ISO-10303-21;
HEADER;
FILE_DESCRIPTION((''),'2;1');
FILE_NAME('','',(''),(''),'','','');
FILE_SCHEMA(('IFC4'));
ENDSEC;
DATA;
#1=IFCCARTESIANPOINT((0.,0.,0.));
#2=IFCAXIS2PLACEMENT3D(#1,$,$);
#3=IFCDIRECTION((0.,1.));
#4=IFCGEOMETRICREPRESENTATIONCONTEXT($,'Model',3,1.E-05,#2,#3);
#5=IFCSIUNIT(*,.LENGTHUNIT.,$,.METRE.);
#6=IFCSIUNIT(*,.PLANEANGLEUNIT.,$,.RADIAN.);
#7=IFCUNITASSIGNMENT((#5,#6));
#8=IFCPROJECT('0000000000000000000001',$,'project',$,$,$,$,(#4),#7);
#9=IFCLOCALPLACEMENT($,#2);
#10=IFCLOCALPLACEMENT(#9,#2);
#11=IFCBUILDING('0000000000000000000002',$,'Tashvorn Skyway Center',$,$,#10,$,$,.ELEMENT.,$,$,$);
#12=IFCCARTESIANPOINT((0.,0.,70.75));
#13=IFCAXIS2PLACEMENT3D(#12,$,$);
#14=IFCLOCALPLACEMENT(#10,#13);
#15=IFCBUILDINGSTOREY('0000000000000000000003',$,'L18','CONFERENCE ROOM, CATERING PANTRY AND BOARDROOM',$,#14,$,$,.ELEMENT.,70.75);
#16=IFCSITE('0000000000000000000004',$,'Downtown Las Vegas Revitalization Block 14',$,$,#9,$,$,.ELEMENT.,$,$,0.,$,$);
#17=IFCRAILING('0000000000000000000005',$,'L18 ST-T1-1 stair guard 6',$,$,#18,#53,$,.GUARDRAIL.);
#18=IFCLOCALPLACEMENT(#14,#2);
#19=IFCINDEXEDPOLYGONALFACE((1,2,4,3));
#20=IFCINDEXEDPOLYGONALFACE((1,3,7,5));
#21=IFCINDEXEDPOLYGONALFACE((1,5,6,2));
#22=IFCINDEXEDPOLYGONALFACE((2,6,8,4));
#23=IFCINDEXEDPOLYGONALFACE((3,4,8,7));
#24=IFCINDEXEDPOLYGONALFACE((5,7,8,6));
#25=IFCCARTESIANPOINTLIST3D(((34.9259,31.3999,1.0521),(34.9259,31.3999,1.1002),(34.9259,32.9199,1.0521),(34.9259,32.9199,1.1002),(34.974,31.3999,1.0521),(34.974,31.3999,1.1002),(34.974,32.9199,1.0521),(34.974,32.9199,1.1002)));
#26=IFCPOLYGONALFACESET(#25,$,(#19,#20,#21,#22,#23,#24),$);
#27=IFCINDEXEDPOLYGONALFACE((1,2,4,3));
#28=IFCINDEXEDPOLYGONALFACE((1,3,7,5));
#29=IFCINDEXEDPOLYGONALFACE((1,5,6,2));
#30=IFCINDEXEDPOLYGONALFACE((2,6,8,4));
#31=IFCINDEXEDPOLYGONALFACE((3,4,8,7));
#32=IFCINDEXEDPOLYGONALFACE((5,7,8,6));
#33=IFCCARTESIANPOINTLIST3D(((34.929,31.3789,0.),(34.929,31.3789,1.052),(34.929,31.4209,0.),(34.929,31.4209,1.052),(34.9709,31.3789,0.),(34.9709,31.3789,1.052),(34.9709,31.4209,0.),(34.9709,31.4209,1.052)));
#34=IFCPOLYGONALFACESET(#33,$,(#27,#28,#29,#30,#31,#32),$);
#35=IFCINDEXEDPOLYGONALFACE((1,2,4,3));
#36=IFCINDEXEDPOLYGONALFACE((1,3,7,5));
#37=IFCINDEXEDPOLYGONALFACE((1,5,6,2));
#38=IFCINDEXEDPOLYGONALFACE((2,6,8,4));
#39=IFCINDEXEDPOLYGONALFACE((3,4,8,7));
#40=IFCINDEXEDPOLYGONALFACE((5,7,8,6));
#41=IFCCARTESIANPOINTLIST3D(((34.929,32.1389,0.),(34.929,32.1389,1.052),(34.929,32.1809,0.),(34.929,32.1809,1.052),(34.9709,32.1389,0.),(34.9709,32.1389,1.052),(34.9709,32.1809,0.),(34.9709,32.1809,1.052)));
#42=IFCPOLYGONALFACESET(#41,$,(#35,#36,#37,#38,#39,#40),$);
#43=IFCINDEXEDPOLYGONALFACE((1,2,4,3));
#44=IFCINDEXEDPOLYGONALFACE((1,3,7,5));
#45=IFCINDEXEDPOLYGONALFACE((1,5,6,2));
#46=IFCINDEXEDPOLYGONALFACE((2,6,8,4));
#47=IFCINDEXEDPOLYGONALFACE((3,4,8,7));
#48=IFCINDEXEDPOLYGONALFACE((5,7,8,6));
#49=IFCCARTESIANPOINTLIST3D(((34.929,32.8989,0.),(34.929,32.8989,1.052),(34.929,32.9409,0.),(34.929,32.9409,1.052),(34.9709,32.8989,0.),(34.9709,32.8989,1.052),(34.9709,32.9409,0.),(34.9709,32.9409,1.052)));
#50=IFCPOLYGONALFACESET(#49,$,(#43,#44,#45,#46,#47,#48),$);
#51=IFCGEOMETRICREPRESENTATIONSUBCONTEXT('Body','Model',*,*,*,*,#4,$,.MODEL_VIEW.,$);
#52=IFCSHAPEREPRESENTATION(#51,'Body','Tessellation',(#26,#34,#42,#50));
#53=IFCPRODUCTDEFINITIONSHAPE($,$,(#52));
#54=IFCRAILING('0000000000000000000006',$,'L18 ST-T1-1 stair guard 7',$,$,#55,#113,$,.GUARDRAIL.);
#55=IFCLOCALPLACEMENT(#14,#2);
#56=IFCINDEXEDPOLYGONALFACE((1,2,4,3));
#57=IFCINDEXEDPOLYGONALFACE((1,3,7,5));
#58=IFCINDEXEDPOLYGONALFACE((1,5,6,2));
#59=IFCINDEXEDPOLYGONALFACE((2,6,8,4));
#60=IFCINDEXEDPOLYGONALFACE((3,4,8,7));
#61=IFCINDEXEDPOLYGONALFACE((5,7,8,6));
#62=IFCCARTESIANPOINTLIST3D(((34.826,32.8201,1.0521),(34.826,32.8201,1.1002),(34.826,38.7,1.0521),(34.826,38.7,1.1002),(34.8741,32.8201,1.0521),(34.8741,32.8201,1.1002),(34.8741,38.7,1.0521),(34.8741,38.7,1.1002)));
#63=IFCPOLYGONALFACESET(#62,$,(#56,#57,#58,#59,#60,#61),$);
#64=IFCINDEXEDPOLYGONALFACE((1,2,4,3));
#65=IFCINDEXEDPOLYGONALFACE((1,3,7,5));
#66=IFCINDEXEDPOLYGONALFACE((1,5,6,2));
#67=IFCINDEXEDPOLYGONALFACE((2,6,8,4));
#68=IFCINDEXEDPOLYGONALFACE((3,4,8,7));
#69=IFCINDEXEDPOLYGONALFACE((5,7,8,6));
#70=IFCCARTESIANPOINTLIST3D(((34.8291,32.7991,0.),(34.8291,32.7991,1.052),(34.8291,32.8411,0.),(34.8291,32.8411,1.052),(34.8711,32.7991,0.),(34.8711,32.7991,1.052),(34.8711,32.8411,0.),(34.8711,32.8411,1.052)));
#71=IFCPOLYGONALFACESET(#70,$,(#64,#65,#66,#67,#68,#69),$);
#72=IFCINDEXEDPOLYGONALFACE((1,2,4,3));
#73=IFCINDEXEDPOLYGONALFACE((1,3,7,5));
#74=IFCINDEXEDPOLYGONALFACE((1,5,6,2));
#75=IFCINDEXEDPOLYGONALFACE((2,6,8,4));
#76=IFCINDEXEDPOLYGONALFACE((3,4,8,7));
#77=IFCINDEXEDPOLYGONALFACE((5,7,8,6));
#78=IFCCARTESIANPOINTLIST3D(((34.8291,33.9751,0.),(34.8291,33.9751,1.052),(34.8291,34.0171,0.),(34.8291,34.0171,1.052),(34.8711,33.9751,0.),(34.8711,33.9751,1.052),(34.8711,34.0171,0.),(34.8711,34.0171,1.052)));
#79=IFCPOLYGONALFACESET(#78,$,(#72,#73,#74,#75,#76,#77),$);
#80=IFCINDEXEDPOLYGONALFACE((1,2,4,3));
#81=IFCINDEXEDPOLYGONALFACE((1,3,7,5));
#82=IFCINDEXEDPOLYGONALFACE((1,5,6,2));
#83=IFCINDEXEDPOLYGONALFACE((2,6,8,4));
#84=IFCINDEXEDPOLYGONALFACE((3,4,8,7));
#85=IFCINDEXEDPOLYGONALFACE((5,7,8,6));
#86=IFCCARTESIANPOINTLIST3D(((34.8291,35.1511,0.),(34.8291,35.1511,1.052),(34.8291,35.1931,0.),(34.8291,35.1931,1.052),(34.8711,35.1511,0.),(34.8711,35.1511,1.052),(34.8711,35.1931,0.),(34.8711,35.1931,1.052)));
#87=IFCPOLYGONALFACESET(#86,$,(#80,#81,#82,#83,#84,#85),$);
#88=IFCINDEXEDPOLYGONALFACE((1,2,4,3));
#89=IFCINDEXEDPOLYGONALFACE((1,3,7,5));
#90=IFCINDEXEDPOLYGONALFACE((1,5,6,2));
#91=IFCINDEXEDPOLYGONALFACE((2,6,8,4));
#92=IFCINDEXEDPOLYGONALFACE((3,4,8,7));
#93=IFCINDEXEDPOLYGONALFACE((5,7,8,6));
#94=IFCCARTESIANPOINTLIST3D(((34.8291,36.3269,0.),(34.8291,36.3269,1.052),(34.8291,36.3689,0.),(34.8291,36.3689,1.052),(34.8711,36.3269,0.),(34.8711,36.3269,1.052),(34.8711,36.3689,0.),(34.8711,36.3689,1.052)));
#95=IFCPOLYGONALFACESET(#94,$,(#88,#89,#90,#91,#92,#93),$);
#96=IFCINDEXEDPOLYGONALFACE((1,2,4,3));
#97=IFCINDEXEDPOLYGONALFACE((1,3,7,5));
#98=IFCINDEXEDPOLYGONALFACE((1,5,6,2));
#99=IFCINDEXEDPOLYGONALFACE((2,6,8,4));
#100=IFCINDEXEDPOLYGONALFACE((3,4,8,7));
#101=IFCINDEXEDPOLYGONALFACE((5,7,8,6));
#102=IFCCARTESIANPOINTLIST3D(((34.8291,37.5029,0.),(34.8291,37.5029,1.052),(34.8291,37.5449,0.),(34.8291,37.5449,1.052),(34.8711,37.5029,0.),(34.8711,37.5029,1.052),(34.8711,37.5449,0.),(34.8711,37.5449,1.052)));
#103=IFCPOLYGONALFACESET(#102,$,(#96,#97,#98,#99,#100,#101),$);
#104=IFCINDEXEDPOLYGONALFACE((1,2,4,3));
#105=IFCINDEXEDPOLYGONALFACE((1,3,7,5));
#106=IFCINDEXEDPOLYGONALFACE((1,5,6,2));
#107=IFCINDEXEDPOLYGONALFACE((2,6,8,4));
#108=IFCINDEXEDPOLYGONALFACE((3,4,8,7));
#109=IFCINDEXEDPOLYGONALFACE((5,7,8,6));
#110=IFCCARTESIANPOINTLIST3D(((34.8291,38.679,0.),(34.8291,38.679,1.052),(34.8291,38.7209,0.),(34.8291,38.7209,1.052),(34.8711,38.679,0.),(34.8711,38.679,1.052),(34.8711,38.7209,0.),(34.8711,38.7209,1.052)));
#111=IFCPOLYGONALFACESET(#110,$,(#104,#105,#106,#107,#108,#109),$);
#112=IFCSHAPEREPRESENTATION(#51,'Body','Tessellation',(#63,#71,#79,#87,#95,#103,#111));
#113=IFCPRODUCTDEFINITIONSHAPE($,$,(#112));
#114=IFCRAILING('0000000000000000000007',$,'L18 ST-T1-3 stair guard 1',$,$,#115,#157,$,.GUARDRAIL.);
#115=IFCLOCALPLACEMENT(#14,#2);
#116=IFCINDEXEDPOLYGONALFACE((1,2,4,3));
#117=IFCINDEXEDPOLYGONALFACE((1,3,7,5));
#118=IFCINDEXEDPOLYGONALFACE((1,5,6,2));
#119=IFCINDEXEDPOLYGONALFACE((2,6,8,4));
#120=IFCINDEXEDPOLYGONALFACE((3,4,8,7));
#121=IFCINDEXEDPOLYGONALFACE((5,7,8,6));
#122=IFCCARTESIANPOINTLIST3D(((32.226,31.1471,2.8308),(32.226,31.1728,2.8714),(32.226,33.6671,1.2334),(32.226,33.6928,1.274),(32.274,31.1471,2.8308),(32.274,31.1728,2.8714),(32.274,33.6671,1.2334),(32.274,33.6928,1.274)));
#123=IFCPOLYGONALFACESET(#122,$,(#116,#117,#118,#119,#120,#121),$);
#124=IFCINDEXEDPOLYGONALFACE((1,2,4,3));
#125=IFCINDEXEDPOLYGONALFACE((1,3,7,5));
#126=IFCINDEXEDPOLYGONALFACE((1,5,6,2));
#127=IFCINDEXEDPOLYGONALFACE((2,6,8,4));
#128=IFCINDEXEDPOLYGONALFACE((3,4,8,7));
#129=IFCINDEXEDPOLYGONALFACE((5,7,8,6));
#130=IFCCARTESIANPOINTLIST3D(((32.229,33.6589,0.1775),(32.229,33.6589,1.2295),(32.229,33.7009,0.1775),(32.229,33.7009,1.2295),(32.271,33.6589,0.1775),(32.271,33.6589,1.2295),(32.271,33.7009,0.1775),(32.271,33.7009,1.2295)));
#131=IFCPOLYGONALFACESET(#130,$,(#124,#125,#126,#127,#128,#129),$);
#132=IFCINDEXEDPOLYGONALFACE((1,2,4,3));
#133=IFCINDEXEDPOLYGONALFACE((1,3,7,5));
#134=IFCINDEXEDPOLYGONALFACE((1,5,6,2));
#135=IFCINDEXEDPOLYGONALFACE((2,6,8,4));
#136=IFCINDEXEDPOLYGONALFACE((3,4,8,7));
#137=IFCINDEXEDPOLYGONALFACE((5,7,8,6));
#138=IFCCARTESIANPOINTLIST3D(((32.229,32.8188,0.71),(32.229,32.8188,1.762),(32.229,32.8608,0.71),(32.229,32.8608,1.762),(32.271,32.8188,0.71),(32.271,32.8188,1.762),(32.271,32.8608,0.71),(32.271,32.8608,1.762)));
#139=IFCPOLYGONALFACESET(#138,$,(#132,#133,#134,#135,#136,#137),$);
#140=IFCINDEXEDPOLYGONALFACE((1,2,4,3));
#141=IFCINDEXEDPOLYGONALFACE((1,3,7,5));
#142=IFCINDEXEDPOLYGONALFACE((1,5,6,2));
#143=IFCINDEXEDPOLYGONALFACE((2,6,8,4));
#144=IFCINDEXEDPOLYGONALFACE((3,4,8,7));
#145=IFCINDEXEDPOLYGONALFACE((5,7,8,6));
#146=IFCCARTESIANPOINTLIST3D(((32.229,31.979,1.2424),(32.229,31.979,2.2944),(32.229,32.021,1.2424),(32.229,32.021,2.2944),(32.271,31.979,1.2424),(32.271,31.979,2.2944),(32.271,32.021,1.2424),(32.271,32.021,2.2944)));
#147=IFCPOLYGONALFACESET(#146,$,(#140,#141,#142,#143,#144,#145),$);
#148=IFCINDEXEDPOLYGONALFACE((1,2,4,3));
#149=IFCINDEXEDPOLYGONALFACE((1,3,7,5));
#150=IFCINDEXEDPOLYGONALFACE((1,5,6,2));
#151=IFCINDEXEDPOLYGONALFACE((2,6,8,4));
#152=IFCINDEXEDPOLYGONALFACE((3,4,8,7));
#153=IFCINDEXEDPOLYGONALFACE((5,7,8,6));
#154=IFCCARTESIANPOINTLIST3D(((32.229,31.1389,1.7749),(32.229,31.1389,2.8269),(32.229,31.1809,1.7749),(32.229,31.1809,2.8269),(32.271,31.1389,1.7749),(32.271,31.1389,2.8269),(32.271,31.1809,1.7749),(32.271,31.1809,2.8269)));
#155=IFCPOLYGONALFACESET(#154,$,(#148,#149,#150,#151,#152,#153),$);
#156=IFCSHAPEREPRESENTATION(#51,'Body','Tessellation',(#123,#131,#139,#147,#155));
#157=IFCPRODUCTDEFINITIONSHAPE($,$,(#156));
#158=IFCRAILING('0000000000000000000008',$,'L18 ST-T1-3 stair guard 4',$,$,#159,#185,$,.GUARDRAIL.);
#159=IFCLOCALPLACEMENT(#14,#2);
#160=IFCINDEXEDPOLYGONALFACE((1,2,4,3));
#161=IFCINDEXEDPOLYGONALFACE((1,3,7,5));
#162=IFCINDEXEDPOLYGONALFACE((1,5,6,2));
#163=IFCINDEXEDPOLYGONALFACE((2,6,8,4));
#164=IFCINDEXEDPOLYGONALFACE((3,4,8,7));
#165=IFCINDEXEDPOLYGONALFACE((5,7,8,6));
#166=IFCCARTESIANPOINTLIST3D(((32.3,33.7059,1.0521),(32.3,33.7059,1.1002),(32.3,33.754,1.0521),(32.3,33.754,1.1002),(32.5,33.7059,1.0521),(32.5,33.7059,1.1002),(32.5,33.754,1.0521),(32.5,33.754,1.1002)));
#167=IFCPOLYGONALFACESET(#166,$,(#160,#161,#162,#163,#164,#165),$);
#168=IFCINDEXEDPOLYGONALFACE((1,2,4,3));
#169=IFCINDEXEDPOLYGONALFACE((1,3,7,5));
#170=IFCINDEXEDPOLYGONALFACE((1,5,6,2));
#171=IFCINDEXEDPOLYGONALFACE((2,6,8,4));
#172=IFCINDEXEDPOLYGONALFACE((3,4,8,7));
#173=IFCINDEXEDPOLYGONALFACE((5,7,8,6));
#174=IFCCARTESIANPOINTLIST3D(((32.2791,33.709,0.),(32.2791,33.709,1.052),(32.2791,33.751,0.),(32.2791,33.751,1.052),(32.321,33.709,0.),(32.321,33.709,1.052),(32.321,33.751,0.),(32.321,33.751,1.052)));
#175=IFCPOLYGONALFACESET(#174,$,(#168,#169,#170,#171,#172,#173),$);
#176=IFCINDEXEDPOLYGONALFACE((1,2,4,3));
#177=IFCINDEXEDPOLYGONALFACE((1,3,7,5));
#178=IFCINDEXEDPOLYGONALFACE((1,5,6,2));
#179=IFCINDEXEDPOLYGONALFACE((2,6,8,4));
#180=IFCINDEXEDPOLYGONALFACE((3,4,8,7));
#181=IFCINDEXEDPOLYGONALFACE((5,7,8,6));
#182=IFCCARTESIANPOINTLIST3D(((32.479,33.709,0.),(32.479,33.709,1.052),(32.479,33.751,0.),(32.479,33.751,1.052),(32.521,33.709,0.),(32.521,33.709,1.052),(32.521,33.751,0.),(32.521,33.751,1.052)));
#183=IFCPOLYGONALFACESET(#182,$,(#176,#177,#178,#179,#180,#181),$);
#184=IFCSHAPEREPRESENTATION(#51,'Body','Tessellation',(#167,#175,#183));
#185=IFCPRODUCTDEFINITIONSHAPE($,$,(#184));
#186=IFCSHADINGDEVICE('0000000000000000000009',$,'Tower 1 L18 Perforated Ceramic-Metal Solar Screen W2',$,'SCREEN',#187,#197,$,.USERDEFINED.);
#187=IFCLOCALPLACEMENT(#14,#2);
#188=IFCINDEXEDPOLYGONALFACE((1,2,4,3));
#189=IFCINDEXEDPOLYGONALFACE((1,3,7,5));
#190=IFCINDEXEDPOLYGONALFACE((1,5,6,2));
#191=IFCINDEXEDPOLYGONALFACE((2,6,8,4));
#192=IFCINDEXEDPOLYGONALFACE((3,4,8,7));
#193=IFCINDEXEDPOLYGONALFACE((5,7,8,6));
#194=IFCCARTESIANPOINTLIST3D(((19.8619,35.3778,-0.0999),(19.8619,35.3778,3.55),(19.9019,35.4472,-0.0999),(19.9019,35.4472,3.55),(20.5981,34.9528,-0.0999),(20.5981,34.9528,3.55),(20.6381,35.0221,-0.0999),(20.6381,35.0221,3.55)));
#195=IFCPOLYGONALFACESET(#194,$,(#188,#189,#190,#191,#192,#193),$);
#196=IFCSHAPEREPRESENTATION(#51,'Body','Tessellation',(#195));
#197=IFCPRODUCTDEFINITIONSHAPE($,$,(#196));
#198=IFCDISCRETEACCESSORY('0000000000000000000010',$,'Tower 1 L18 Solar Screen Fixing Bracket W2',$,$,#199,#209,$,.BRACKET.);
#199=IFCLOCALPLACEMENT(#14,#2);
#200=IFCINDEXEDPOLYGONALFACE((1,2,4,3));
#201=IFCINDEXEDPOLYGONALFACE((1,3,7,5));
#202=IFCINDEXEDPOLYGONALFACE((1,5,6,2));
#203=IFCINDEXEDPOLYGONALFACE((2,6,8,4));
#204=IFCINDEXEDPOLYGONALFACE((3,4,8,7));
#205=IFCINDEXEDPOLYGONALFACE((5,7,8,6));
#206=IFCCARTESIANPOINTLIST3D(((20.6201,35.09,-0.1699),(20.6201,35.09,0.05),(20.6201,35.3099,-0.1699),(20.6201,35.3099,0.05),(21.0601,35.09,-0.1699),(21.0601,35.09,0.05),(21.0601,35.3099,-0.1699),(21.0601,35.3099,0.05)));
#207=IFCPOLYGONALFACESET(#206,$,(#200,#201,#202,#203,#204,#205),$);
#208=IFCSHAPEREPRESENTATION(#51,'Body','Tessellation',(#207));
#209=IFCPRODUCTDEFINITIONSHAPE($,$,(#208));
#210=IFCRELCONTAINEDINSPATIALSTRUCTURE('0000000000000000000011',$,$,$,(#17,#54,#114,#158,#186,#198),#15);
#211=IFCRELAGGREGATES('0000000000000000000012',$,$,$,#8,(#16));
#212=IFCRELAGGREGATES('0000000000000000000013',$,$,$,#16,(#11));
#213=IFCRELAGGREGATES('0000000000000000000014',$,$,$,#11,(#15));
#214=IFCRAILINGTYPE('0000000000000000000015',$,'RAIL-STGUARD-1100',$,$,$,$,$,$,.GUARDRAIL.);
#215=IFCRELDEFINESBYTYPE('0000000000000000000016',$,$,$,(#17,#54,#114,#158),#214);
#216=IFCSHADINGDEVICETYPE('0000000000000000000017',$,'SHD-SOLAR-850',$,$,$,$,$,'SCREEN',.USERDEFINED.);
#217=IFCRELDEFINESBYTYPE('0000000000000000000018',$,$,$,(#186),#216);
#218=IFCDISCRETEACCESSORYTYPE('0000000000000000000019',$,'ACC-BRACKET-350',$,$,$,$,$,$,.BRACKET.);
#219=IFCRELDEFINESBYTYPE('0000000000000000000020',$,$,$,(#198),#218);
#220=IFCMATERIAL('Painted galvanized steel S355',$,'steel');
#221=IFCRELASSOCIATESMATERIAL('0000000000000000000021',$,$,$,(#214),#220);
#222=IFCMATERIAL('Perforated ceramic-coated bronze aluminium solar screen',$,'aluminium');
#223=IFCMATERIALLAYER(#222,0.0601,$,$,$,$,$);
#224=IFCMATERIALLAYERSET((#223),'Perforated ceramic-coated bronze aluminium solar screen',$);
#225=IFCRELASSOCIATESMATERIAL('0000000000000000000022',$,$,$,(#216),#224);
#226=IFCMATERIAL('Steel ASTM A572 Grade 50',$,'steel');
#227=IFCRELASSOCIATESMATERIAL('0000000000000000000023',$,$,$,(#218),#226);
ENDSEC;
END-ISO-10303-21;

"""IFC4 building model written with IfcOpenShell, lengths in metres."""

from ifc_helpers import new_model, si_unit, direction, frame, origin, origin_2d, place, context, subcontext, project, spatial, rectangle, extrude, material, layer, layer_set, type_object, element, save


model = new_model("IFC4")

# Units and contexts
model_context = context("Model", 3, precision=1e-05, world=origin(), true_north=direction((0.0, 1.0)))
body_context = subcontext(model_context, "Body", "Model", "MODEL_VIEW")
ifc_project = project(units=[si_unit("LENGTHUNIT", "METRE"), si_unit("PLANEANGLEUNIT", "RADIAN")], contexts=[model_context])

# Site, building, storey
site_placement = place(None, origin())
site = spatial("IfcSite", under=ifc_project, at=site_placement, Name="Downtown Las Vegas Revitalization Block 14", CompositionType="ELEMENT", RefElevation=0.0)
building_placement = place(site_placement, origin())
building = spatial("IfcBuilding", under=site, at=building_placement, Name="Tashvorn Skyway Center", CompositionType="ELEMENT")
storey_placement = place(building_placement, frame((0.0, 0.0, 70.75)))
storey = spatial("IfcBuildingStorey", under=building, at=storey_placement, Name="L18", Description="CONFERENCE ROOM, CATERING PANTRY AND BOARDROOM", CompositionType="ELEMENT", Elevation=70.75)

# Shared definitions
ifc_material_1 = material(Name="Steel ASTM A572 Grade 50", Category="steel")

# Shared definitions
ifc_material_2 = material(Name="Perforated ceramic-coated bronze aluminium solar screen", Category="aluminium")

# Railings
ifc_material_3 = material(Name="Painted galvanized steel S355", Category="steel")
railing_type_1 = type_object("IfcRailingType", Name="RAIL-STGUARD-1100", PredefinedType="GUARDRAIL", material=ifc_material_3)
railing_1_placement = place(storey_placement, frame((34.95, 31.3999, 0.0)))
element("IfcRailing", 1, at=railing_1_placement, inside=storey, type_object=railing_type_1, Name="L18 ST-T1-1 stair guard 6", PredefinedType="GUARDRAIL", context=body_context, shape_type="SweptSolid", body=[
    extrude(rectangle(XDim=0.0481, YDim=0.0481, at=origin_2d()), frame((0.0, 0.0, 1.0762), z_axis=(0.0, 1.0, 0.0), x_axis=(-1.0, 0.0, 0.0)), (0.0, 0.0, 1.0), 1.52),
    extrude(rectangle(XDim=0.042, YDim=0.042, at=origin_2d()), origin(), (0.0, 0.0, 1.0), 1.052),
    extrude(rectangle(XDim=0.042, YDim=0.042, at=origin_2d()), frame((0.0, 0.76, 0.0)), (0.0, 0.0, 1.0), 1.052),
    extrude(rectangle(XDim=0.042, YDim=0.042, at=origin_2d()), frame((0.0, 1.52, 0.0)), (0.0, 0.0, 1.0), 1.052),
])
railing_2_placement = place(storey_placement, frame((34.8501, 32.8201, 0.0)))
element("IfcRailing", 2, at=railing_2_placement, inside=storey, type_object=railing_type_1, Name="L18 ST-T1-1 stair guard 7", PredefinedType="GUARDRAIL", context=body_context, shape_type="SweptSolid", body=[
    extrude(rectangle(XDim=0.0481, YDim=0.0481, at=origin_2d()), frame((0.0, 0.0, 1.0762), z_axis=(0.0, 1.0, 0.0), x_axis=(-1.0, 0.0, 0.0)), (0.0, 0.0, 1.0), 5.8799),
    extrude(rectangle(XDim=0.042, YDim=0.042, at=origin_2d()), origin(), (0.0, 0.0, 1.0), 1.052),
    extrude(rectangle(XDim=0.042, YDim=0.042, at=origin_2d()), frame((0.0, 1.176, 0.0)), (0.0, 0.0, 1.0), 1.052),
    extrude(rectangle(XDim=0.042, YDim=0.042, at=origin_2d()), frame((0.0, 2.3521, 0.0)), (0.0, 0.0, 1.0), 1.052),
    extrude(rectangle(XDim=0.042, YDim=0.042, at=origin_2d()), frame((0.0, 3.5278, 0.0)), (0.0, 0.0, 1.0), 1.052),
    extrude(rectangle(XDim=0.042, YDim=0.042, at=origin_2d()), frame((0.0, 4.7039, 0.0)), (0.0, 0.0, 1.0), 1.052),
    extrude(rectangle(XDim=0.042, YDim=0.042, at=origin_2d()), frame((0.0, 5.8799, 0.0)), (0.0, 0.0, 1.0), 1.052),
])
railing_3_placement = place(storey_placement, frame((32.25, 33.6799, 0.1775)))
element("IfcRailing", 3, at=railing_3_placement, inside=storey, type_object=railing_type_1, Name="L18 ST-T1-3 stair guard 1", PredefinedType="GUARDRAIL", context=body_context, shape_type="SweptSolid", body=[
    extrude(rectangle(XDim=0.0481, YDim=0.0481, at=origin_2d()), frame((0.0, 0.0, 1.0762), z_axis=(0.0, -0.844607, 0.535387), x_axis=(1.0, 0.0, 0.0)), (0.0, 0.0, 1.0), 2.9836),
    extrude(rectangle(XDim=0.042, YDim=0.042, at=origin_2d()), origin(), (0.0, 0.0, 1.0), 1.052),
    extrude(rectangle(XDim=0.042, YDim=0.042, at=origin_2d()), frame((0.0, -0.8401, 0.5325)), (0.0, 0.0, 1.0), 1.052),
    extrude(rectangle(XDim=0.042, YDim=0.042, at=origin_2d()), frame((0.0, -1.6799, 1.0649)), (0.0, 0.0, 1.0), 1.052),
    extrude(rectangle(XDim=0.042, YDim=0.042, at=origin_2d()), frame((0.0, -2.52, 1.5974)), (0.0, 0.0, 1.0), 1.052),
])
railing_4_placement = place(storey_placement, frame((32.3, 33.73, 0.0)))
element("IfcRailing", 4, at=railing_4_placement, inside=storey, type_object=railing_type_1, Name="L18 ST-T1-3 stair guard 4", PredefinedType="GUARDRAIL", context=body_context, shape_type="SweptSolid", body=[
    extrude(rectangle(XDim=0.0481, YDim=0.0481, at=origin_2d()), frame((0.0, 0.0, 1.0762), z_axis=(1.0, 0.0, 0.0), x_axis=(0.0, 1.0, 0.0)), (0.0, 0.0, 1.0), 0.2),
    extrude(rectangle(XDim=0.042, YDim=0.042, at=origin_2d()), origin(), (0.0, 0.0, 1.0), 1.052),
    extrude(rectangle(XDim=0.042, YDim=0.042, at=origin_2d()), frame((0.2, 0.0, 0.0)), (0.0, 0.0, 1.0), 1.052),
])

# Shading device
ifc_layer_1 = layer(ifc_material_2, 0.0601)
ifc_layer_set_1 = layer_set([ifc_layer_1], Name="Perforated ceramic-coated bronze aluminium solar screen")
shading_device_type = type_object("IfcShadingDeviceType", Name="SHD-SOLAR-850", ElementType="SCREEN", PredefinedType="USERDEFINED", material=ifc_layer_set_1)
shading_device_placement = place(storey_placement, frame((20.25, 35.2, -0.0999), z_axis=(0.0, 0.0, 1.0), x_axis=(0.5, 0.866025, 0.0)))
element("IfcShadingDevice", 5, at=shading_device_placement, inside=storey, type_object=shading_device_type, Name="Tower 1 L18 Perforated Ceramic-Metal Solar Screen W2", ObjectType="SCREEN", PredefinedType="USERDEFINED", context=body_context, shape_type="SweptSolid", body=[
    extrude(rectangle(XDim=0.0801, YDim=0.8501, at=origin_2d()), origin(), (0.0, 0.0, 1.0), 3.6499),
])

# Discrete accessory
discrete_accessory_type = type_object("IfcDiscreteAccessoryType", Name="ACC-BRACKET-350", PredefinedType="BRACKET", material=ifc_material_1)
discrete_accessory_placement = place(storey_placement, frame((20.8401, 35.2, -0.1699), z_axis=(0.0, 0.0, 1.0), x_axis=(0.0, 1.0, 0.0)))
element("IfcDiscreteAccessory", 6, at=discrete_accessory_placement, inside=storey, type_object=discrete_accessory_type, Name="Tower 1 L18 Solar Screen Fixing Bracket W2", PredefinedType="BRACKET", context=body_context, shape_type="SweptSolid", body=[
    extrude(rectangle(XDim=0.22, YDim=0.4399, at=origin_2d()), origin(), (0.0, 0.0, 1.0), 0.22),
])

save(model, "model.ifc")
